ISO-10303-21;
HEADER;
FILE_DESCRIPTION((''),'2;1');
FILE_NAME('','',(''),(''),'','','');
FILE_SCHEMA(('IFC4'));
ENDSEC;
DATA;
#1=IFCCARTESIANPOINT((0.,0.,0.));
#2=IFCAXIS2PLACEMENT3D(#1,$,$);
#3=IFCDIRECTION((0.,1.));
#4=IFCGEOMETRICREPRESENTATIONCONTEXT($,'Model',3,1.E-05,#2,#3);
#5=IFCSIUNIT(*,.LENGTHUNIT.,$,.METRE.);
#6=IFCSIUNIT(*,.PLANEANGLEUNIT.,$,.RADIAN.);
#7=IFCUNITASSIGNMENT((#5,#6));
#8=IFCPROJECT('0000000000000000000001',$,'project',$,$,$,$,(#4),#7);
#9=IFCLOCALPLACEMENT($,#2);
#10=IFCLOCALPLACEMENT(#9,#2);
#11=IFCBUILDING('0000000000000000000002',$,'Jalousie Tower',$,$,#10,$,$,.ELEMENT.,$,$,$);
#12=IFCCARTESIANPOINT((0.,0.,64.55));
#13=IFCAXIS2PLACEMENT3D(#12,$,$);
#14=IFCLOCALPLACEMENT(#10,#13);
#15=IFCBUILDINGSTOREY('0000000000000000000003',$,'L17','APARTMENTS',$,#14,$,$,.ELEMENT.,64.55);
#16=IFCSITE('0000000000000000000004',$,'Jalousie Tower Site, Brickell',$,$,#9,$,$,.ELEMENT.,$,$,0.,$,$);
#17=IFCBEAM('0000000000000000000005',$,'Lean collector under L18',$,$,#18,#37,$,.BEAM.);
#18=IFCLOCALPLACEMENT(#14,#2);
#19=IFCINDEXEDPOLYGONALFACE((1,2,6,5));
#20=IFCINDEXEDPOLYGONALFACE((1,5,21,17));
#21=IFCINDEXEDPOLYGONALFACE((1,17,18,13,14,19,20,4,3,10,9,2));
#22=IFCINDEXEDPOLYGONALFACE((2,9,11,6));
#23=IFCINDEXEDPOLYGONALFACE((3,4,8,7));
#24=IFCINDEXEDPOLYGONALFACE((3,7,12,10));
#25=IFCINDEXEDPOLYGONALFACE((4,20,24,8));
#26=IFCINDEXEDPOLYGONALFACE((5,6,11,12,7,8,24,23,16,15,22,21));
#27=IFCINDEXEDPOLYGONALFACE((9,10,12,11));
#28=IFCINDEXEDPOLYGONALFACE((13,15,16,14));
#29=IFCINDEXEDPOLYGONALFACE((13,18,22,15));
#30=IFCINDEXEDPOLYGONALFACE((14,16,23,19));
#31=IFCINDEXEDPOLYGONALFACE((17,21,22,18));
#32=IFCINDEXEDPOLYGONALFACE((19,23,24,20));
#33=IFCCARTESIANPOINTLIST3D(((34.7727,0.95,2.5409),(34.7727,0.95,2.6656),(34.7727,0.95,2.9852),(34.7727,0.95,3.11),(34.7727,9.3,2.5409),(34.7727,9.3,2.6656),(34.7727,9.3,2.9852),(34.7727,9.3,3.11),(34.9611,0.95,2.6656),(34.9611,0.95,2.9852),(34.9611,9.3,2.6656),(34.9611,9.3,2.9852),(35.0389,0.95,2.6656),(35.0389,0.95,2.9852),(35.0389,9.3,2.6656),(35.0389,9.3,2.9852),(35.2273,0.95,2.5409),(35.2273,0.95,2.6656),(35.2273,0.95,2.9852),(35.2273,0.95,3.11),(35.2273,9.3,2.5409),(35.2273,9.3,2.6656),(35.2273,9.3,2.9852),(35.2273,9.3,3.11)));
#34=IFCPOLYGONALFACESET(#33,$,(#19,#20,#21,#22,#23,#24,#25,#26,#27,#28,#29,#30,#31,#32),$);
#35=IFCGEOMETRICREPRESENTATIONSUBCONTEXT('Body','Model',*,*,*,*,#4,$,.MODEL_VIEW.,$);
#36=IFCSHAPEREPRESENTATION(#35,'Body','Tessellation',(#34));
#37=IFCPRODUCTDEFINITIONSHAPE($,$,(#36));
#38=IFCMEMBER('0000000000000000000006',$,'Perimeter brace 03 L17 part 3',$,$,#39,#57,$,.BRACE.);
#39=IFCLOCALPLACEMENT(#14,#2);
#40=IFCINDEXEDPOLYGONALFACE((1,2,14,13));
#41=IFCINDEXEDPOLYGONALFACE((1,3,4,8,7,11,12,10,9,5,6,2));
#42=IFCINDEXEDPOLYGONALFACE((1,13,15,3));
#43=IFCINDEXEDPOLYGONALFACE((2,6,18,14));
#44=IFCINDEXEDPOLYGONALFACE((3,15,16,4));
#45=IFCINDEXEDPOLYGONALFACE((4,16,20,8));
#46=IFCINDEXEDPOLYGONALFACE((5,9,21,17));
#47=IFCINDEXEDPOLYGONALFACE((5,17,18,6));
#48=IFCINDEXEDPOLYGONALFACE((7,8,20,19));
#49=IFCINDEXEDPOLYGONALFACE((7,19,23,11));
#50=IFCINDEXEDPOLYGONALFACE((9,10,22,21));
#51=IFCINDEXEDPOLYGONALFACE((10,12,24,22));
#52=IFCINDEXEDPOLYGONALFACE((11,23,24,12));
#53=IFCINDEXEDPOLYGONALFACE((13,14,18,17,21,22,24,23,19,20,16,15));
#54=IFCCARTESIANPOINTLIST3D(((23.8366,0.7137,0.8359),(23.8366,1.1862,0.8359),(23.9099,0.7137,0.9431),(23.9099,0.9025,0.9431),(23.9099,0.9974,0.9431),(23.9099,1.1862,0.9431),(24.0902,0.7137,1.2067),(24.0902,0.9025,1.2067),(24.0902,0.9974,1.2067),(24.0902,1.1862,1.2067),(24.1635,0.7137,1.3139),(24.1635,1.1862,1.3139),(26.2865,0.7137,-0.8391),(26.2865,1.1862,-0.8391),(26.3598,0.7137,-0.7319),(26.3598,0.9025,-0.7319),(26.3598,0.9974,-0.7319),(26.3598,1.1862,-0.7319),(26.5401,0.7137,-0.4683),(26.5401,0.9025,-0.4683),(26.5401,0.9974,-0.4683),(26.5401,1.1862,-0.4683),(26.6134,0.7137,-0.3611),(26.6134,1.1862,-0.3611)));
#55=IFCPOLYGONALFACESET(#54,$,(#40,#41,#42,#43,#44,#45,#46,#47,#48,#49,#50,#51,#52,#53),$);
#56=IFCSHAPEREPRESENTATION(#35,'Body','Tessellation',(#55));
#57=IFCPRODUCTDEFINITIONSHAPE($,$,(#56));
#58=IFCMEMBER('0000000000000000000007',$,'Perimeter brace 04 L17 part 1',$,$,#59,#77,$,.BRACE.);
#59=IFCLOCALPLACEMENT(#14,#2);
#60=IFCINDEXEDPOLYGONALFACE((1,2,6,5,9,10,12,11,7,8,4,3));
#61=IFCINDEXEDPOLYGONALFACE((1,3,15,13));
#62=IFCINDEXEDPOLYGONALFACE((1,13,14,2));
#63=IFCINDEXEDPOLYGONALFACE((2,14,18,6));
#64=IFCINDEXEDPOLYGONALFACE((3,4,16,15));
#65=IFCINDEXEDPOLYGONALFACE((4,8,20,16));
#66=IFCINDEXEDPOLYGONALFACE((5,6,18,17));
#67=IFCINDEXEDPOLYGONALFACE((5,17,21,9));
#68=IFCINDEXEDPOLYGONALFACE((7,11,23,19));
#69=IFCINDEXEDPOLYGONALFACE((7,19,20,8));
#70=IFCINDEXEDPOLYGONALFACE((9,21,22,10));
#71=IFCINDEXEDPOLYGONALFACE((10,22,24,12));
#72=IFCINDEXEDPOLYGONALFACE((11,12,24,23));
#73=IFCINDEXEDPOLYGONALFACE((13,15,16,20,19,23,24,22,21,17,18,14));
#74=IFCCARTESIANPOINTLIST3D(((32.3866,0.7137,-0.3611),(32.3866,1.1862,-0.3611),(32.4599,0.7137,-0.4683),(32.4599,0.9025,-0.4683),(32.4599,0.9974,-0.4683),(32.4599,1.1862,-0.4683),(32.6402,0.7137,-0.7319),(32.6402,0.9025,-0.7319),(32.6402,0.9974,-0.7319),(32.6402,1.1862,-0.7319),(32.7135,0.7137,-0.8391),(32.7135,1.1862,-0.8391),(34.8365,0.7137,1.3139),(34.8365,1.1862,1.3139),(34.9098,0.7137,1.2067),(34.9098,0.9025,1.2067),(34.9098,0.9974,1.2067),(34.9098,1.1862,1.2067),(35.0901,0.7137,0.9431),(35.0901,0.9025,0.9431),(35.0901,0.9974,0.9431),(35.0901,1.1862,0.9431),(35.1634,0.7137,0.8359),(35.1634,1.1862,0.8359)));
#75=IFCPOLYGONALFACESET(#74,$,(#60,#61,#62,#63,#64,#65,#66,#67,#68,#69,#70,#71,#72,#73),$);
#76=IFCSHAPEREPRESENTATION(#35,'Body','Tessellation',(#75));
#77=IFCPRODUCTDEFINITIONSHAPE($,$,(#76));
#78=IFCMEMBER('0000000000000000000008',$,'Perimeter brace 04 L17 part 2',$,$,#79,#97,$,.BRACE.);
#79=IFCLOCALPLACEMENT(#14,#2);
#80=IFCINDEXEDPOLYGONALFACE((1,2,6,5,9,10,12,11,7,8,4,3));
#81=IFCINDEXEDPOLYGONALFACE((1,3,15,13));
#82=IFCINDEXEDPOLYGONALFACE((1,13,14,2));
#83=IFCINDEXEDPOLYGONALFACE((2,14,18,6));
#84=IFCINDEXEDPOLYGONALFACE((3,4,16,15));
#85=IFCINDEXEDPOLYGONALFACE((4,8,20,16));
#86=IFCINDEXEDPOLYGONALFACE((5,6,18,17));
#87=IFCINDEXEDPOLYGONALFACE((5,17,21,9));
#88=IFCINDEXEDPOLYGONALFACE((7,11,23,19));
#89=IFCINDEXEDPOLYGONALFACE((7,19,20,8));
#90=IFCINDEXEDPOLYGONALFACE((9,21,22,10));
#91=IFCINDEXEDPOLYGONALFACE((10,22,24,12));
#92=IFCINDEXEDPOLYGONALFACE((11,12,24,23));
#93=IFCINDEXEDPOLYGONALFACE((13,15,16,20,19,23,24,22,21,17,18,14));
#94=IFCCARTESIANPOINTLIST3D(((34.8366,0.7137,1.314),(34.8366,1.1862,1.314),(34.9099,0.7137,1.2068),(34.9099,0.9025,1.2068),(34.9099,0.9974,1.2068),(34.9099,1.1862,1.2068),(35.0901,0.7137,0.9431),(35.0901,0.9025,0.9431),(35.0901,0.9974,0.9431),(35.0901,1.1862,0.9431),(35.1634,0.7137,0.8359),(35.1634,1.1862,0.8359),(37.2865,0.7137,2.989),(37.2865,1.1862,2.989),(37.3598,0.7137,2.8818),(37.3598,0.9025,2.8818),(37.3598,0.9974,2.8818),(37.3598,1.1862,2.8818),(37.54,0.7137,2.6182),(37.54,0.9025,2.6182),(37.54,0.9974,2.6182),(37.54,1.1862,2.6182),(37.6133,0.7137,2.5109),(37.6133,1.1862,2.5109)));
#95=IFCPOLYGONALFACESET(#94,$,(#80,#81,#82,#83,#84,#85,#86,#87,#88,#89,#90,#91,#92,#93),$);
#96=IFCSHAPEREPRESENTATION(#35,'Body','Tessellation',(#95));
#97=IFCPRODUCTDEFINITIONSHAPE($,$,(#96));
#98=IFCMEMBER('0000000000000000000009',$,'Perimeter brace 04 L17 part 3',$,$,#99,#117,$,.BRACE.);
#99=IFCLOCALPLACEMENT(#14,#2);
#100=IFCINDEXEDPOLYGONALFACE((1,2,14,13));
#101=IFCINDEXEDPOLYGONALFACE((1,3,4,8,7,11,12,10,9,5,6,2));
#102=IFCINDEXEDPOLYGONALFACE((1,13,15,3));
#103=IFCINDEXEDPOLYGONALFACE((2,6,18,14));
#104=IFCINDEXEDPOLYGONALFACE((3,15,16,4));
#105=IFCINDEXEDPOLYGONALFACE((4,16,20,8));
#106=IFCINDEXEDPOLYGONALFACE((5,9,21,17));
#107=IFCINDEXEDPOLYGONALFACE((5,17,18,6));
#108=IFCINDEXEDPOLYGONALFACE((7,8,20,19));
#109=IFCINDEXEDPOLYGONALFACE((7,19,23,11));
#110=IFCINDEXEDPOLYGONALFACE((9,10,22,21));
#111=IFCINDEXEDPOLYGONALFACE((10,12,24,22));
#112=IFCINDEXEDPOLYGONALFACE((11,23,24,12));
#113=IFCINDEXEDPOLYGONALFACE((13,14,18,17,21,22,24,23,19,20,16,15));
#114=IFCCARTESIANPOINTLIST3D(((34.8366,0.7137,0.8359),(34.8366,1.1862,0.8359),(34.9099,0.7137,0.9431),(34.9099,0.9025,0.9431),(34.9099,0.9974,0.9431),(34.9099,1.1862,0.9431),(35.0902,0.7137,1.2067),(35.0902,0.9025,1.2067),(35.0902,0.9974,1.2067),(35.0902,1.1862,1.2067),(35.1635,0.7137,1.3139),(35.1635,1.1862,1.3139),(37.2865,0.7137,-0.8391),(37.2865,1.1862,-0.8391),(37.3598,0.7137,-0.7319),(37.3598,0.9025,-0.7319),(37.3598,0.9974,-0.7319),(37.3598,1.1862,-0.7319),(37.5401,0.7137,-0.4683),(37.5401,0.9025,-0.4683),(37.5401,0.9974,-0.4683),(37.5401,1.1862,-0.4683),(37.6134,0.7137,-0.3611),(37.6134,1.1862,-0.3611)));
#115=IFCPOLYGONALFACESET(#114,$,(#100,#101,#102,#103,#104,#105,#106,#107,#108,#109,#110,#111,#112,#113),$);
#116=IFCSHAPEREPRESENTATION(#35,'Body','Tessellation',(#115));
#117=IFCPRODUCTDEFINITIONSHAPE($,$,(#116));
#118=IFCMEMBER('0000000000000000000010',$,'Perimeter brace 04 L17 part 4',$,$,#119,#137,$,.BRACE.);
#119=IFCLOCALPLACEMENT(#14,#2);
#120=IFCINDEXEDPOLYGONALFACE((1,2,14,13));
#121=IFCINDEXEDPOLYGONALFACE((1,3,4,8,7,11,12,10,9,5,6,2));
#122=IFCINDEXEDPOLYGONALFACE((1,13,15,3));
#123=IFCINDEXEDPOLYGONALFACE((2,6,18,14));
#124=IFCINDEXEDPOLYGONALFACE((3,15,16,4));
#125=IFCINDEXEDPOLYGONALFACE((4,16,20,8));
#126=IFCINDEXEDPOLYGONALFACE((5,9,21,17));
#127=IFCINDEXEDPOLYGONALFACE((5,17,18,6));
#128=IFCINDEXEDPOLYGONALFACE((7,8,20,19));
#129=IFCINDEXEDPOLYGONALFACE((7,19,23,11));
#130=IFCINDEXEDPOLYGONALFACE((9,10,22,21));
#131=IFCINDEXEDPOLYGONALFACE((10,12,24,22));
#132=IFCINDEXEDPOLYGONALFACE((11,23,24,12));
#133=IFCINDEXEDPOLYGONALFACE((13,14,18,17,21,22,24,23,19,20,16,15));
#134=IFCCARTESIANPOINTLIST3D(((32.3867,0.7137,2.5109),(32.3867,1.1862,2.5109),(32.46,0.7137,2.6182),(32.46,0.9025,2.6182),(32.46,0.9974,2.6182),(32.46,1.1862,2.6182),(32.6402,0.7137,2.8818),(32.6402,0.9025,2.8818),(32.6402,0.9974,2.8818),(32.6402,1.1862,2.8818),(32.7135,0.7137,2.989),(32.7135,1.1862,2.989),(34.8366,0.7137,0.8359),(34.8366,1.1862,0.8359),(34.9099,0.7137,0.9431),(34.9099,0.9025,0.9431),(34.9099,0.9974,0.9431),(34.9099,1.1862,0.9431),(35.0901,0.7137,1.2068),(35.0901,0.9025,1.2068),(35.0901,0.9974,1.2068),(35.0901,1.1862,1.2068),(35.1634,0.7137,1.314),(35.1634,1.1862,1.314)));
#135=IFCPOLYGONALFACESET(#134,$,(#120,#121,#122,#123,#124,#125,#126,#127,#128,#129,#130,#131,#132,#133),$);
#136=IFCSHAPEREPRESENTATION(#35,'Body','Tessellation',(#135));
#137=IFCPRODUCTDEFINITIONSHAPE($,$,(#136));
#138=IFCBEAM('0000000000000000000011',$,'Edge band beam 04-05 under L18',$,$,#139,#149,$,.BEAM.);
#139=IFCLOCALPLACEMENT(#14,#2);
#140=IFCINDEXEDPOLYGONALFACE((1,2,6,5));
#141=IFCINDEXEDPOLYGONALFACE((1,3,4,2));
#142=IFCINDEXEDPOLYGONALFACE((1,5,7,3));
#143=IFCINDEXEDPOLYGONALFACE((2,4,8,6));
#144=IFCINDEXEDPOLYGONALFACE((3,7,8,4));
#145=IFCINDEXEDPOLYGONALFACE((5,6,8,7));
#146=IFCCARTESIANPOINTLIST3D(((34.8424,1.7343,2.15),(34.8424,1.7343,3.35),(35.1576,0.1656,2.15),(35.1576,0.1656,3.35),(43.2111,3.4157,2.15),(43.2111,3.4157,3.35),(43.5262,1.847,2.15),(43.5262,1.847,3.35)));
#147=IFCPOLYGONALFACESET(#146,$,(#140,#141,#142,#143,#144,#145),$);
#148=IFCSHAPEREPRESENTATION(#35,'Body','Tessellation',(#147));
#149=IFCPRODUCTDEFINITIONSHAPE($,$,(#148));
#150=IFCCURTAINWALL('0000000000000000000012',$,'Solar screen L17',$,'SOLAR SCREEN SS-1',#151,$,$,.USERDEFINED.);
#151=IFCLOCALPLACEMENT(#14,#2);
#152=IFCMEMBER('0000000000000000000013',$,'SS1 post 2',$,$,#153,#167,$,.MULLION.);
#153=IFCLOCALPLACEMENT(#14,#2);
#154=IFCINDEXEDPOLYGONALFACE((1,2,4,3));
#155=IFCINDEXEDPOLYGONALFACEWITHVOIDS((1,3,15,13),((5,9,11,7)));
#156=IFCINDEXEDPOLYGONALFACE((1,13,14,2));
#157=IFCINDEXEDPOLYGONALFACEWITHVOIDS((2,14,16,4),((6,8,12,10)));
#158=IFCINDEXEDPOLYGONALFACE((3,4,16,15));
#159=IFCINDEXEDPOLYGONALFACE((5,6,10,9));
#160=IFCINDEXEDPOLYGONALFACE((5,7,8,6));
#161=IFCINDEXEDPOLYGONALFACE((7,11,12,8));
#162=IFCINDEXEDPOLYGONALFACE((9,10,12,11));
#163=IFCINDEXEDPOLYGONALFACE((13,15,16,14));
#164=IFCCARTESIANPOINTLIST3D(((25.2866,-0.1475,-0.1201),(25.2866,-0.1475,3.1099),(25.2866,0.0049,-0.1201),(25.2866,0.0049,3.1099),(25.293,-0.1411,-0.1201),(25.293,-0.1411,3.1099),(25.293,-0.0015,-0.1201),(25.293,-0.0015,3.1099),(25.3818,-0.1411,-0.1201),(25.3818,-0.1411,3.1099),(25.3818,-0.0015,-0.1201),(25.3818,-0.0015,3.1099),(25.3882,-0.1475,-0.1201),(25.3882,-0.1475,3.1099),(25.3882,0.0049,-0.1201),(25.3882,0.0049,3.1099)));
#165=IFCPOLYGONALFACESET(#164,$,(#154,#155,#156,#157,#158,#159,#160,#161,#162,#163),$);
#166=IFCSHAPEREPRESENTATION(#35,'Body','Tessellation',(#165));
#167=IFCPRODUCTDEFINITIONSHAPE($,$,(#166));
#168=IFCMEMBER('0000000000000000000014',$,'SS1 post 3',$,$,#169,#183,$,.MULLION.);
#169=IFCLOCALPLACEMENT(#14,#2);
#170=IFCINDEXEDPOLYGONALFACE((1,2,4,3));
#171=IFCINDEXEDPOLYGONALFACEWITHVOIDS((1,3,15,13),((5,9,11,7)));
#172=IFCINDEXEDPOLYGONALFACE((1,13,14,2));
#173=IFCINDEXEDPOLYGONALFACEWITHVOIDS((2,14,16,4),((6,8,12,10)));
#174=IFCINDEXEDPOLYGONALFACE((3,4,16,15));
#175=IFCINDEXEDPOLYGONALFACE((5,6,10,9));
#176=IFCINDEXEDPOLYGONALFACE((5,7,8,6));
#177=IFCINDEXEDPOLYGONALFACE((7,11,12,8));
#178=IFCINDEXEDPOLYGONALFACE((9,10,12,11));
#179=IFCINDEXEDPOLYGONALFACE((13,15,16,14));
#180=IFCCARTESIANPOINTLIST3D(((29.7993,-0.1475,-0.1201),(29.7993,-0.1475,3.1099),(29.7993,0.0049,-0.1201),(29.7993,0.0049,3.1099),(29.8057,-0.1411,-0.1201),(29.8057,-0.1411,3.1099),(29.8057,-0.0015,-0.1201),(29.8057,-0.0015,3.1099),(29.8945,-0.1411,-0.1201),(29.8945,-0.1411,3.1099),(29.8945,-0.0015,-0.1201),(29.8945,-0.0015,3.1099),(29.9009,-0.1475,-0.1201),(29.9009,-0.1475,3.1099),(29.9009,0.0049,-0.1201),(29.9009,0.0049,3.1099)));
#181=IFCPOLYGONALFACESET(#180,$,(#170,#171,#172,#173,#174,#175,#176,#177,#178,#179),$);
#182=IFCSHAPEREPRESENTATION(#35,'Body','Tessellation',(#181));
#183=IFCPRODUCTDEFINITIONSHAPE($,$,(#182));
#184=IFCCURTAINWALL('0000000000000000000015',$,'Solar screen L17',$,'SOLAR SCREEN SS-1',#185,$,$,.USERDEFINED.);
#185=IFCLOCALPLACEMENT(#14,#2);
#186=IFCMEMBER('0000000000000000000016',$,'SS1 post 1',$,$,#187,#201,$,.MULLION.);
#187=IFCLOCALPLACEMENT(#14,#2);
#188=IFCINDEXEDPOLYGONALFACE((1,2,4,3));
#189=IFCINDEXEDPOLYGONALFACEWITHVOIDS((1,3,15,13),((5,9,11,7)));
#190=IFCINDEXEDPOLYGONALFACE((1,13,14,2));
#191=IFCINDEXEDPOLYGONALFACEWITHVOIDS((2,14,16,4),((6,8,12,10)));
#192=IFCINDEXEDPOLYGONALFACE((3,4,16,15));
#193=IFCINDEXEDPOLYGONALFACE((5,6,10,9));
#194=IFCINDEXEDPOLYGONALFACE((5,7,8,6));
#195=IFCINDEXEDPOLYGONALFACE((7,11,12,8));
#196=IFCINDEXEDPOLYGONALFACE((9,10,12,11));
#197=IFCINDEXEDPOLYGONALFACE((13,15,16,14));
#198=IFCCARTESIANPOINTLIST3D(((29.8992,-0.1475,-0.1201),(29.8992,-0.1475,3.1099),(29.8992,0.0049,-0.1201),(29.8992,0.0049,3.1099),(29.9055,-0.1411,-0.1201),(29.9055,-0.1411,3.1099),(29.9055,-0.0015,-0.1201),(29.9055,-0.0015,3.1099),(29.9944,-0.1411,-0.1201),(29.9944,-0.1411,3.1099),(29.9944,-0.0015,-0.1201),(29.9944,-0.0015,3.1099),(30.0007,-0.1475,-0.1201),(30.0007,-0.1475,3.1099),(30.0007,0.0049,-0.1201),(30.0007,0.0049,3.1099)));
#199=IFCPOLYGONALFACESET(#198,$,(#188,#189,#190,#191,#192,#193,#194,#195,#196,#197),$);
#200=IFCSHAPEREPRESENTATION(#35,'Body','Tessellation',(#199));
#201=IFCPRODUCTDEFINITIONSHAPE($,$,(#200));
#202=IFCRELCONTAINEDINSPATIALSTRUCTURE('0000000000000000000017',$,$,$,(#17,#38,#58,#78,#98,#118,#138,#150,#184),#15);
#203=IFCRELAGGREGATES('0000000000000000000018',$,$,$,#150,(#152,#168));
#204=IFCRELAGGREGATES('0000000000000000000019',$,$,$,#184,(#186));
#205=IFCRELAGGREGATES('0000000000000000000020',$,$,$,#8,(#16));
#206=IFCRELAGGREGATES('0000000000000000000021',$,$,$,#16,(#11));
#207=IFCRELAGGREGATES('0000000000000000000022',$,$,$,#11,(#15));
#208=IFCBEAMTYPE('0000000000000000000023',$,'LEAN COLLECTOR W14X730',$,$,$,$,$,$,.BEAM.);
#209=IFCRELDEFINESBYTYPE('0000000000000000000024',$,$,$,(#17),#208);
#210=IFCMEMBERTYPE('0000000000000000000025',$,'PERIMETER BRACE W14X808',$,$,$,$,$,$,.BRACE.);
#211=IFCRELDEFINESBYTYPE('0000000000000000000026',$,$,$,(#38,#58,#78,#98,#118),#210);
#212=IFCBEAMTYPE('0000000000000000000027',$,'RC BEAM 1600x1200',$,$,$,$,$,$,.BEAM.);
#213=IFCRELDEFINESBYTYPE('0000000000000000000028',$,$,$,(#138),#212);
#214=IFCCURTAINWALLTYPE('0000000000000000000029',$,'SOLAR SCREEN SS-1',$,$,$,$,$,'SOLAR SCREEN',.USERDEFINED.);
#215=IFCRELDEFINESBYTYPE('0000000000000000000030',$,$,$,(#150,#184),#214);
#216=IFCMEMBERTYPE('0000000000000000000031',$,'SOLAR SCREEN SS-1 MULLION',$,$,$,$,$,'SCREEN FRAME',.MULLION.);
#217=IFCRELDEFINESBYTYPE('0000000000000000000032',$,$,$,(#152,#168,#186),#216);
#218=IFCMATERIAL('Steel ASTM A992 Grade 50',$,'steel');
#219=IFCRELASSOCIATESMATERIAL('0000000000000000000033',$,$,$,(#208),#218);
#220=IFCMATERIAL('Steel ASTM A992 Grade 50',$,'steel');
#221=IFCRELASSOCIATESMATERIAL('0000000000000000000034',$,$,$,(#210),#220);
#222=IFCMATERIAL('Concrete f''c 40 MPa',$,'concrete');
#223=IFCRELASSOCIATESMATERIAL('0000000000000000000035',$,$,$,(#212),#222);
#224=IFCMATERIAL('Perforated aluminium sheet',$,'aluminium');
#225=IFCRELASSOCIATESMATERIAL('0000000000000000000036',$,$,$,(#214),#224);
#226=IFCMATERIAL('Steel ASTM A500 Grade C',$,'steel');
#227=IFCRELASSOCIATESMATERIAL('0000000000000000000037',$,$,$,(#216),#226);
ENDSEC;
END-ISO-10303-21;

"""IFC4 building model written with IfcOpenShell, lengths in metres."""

from ifc_helpers import new_model, si_unit, direction, frame, origin, origin_2d, place, context, subcontext, project, spatial, rectangle, hollow_rectangle, i_section, extrude, material, material_profile, profile_set, type_object, element, aggregate, save


model = new_model("IFC4")

# Units and contexts
model_context = context("Model", 3, precision=1e-05, world=origin(), true_north=direction((0.0, 1.0)))
body_context = subcontext(model_context, "Body", "Model", "MODEL_VIEW")
ifc_project = project(units=[si_unit("LENGTHUNIT", "METRE"), si_unit("PLANEANGLEUNIT", "RADIAN")], contexts=[model_context])

# Site, building, storey
site_placement = place(None, origin())
site = spatial("IfcSite", under=ifc_project, at=site_placement, Name="Jalousie Tower Site, Brickell", CompositionType="ELEMENT", RefElevation=0.0)
building_placement = place(site_placement, origin())
building = spatial("IfcBuilding", under=site, at=building_placement, Name="Jalousie Tower", CompositionType="ELEMENT")
storey_placement = place(building_placement, frame((0.0, 0.0, 64.55)))
storey = spatial("IfcBuildingStorey", under=building, at=storey_placement, Name="L17", Description="APARTMENTS", CompositionType="ELEMENT", Elevation=64.55)

# Beam
ifc_material_1 = material(Name="Steel ASTM A992 Grade 50", Category="steel")
ifc_material_profile_1 = material_profile(ifc_material_1, i_section(OverallWidth=0.4546, OverallDepth=0.5691, WebThickness=0.0779, FlangeThickness=0.1248, at=origin_2d()), Name="W14X730")
ifc_profile_set_1 = profile_set([ifc_material_profile_1], Name="Steel ASTM A992 Grade 50")
beam_type_1 = type_object("IfcBeamType", Name="LEAN COLLECTOR W14X730", PredefinedType="BEAM", material=ifc_profile_set_1)
beam_1_placement = place(storey_placement, frame((35.0, 0.95, 2.8254), z_axis=(0.0, 1.0, 0.0), x_axis=(-1.0, 0.0, 0.0)))
element("IfcBeam", 1, at=beam_1_placement, inside=storey, type_object=beam_type_1, Name="Lean collector under L18", PredefinedType="BEAM", context=body_context, shape_type="SweptSolid", body=[
    extrude(i_section(OverallWidth=0.4546, OverallDepth=0.5691, WebThickness=0.0779, FlangeThickness=0.1248, at=origin_2d()), origin(), (0.0, 0.0, 1.0), 8.3501),
])

# Members
ifc_material_2 = material(Name="Steel ASTM A992 Grade 50", Category="steel")
ifc_material_profile_2 = material_profile(ifc_material_2, i_section(OverallWidth=0.4724, OverallDepth=0.5791, WebThickness=0.095, FlangeThickness=0.1299, at=origin_2d()), Name="W14X808")
ifc_profile_set_2 = profile_set([ifc_material_profile_2], Name="Steel ASTM A992 Grade 50")
member_type_1 = type_object("IfcMemberType", Name="PERIMETER BRACE W14X808", PredefinedType="BRACE", material=ifc_profile_set_2)
for number, where, z_axis, x_axis, name in (
    (2, (26.45, 0.95, -0.6001), (-0.825501, 0.0, 0.564401), (0.0, -1.0, 0.0), "Perimeter brace 03 L17 part 3"),
    (3, (32.55, 0.95, -0.6001), (0.825501, 0.0, 0.564401), (0.0, 1.0, 0.0), "Perimeter brace 04 L17 part 1"),
    (4, (35.0, 0.95, 1.075), (0.825501, 0.0, 0.564401), (0.0, 1.0, 0.0), "Perimeter brace 04 L17 part 2"),
    (5, (37.45, 0.95, -0.6001), (-0.825501, 0.0, 0.564401), (0.0, -1.0, 0.0), "Perimeter brace 04 L17 part 3"),
    (6, (35.0, 0.95, 1.075), (-0.825501, 0.0, 0.564401), (0.0, -1.0, 0.0), "Perimeter brace 04 L17 part 4"),
):
    element("IfcMember", number, at=place(storey_placement, frame(where, z_axis=z_axis, x_axis=x_axis)), inside=storey, type_object=member_type_1, Name=name, PredefinedType="BRACE", context=body_context, shape_type="SweptSolid", body=[
        extrude(i_section(OverallWidth=0.4724, OverallDepth=0.5791, WebThickness=0.095, FlangeThickness=0.1299, at=origin_2d()), origin(), (0.0, 0.0, 1.0), 2.9678),
    ])

# Beam
ifc_material_3 = material(Name="Concrete f'c 40 MPa", Category="concrete")
ifc_material_profile_3 = material_profile(ifc_material_3, rectangle(XDim=1.6001, YDim=1.2, at=origin_2d()), Name="RC 1600x1200")
ifc_profile_set_3 = profile_set([ifc_material_profile_3], Name="Concrete f'c 40 MPa")
beam_type_2 = type_object("IfcBeamType", Name="RC BEAM 1600x1200", PredefinedType="BEAM", material=ifc_profile_set_3)
beam_2_placement = place(storey_placement, frame((35.0, 0.95, 2.75), z_axis=(0.980408, 0.19698, 0.0), x_axis=(-0.19698, 0.980408, 0.0)))
element("IfcBeam", 7, at=beam_2_placement, inside=storey, type_object=beam_type_2, Name="Edge band beam 04-05 under L18", PredefinedType="BEAM", context=body_context, shape_type="SweptSolid", body=[
    extrude(rectangle(XDim=1.6001, YDim=1.2, at=origin_2d()), origin(), (0.0, 0.0, 1.0), 8.5359),
])

# Curtain walls, members
ifc_material_4 = material(Name="Perforated aluminium sheet", Category="aluminium")
curtain_wall_type = type_object("IfcCurtainWallType", Name="SOLAR SCREEN SS-1", ElementType="SOLAR SCREEN", PredefinedType="USERDEFINED", material=ifc_material_4)
curtain_wall_1_placement = place(storey_placement, origin())
curtain_wall_1 = element("IfcCurtainWall", 8, at=curtain_wall_1_placement, inside=storey, type_object=curtain_wall_type, Name="Solar screen L17", ObjectType="SOLAR SCREEN SS-1", PredefinedType="USERDEFINED")
ifc_material_5 = material(Name="Steel ASTM A500 Grade C", Category="steel")
ifc_material_profile_4 = material_profile(ifc_material_5, hollow_rectangle(XDim=0.1016, YDim=0.1523, WallThickness=0.0063, at=origin_2d()), Name="HSS6X4X1/4")
ifc_profile_set_4 = profile_set([ifc_material_profile_4], Name="Steel ASTM A500 Grade C")
member_type_2 = type_object("IfcMemberType", Name="SOLAR SCREEN SS-1 MULLION", ElementType="SCREEN FRAME", PredefinedType="MULLION", material=ifc_profile_set_4)
member_1_placement = place(storey_placement, frame((25.3374, -0.0713, -0.1201), z_axis=(0.0, 0.0, 1.0), x_axis=(1.0, 0.0, 0.0)))
member_1 = element("IfcMember", 9, at=member_1_placement, type_object=member_type_2, Name="SS1 post 2", PredefinedType="MULLION", context=body_context, shape_type="SweptSolid", body=[
    extrude(hollow_rectangle(XDim=0.1016, YDim=0.1523, WallThickness=0.0063, at=origin_2d()), origin(), (0.0, 0.0, 1.0), 3.23),
])
member_2_placement = place(storey_placement, frame((29.8501, -0.0713, -0.1201), z_axis=(0.0, 0.0, 1.0), x_axis=(1.0, 0.0, 0.0)))
member_2 = element("IfcMember", 10, at=member_2_placement, type_object=member_type_2, Name="SS1 post 3", PredefinedType="MULLION", context=body_context, shape_type="SweptSolid", body=[
    extrude(hollow_rectangle(XDim=0.1016, YDim=0.1523, WallThickness=0.0063, at=origin_2d()), origin(), (0.0, 0.0, 1.0), 3.23),
])
curtain_wall_2_placement = place(storey_placement, origin())
curtain_wall_2 = element("IfcCurtainWall", 11, at=curtain_wall_2_placement, inside=storey, type_object=curtain_wall_type, Name="Solar screen L17", ObjectType="SOLAR SCREEN SS-1", PredefinedType="USERDEFINED")
member_3_placement = place(storey_placement, frame((29.95, -0.0713, -0.1201), z_axis=(0.0, 0.0, 1.0), x_axis=(1.0, 0.0, 0.0)))
member_3 = element("IfcMember", 12, at=member_3_placement, type_object=member_type_2, Name="SS1 post 1", PredefinedType="MULLION", context=body_context, shape_type="SweptSolid", body=[
    extrude(hollow_rectangle(XDim=0.1016, YDim=0.1523, WallThickness=0.0063, at=origin_2d()), origin(), (0.0, 0.0, 1.0), 3.23),
])

aggregate(curtain_wall_1, [member_1, member_2])
aggregate(curtain_wall_2, [member_3])

save(model, "model.ifc")
